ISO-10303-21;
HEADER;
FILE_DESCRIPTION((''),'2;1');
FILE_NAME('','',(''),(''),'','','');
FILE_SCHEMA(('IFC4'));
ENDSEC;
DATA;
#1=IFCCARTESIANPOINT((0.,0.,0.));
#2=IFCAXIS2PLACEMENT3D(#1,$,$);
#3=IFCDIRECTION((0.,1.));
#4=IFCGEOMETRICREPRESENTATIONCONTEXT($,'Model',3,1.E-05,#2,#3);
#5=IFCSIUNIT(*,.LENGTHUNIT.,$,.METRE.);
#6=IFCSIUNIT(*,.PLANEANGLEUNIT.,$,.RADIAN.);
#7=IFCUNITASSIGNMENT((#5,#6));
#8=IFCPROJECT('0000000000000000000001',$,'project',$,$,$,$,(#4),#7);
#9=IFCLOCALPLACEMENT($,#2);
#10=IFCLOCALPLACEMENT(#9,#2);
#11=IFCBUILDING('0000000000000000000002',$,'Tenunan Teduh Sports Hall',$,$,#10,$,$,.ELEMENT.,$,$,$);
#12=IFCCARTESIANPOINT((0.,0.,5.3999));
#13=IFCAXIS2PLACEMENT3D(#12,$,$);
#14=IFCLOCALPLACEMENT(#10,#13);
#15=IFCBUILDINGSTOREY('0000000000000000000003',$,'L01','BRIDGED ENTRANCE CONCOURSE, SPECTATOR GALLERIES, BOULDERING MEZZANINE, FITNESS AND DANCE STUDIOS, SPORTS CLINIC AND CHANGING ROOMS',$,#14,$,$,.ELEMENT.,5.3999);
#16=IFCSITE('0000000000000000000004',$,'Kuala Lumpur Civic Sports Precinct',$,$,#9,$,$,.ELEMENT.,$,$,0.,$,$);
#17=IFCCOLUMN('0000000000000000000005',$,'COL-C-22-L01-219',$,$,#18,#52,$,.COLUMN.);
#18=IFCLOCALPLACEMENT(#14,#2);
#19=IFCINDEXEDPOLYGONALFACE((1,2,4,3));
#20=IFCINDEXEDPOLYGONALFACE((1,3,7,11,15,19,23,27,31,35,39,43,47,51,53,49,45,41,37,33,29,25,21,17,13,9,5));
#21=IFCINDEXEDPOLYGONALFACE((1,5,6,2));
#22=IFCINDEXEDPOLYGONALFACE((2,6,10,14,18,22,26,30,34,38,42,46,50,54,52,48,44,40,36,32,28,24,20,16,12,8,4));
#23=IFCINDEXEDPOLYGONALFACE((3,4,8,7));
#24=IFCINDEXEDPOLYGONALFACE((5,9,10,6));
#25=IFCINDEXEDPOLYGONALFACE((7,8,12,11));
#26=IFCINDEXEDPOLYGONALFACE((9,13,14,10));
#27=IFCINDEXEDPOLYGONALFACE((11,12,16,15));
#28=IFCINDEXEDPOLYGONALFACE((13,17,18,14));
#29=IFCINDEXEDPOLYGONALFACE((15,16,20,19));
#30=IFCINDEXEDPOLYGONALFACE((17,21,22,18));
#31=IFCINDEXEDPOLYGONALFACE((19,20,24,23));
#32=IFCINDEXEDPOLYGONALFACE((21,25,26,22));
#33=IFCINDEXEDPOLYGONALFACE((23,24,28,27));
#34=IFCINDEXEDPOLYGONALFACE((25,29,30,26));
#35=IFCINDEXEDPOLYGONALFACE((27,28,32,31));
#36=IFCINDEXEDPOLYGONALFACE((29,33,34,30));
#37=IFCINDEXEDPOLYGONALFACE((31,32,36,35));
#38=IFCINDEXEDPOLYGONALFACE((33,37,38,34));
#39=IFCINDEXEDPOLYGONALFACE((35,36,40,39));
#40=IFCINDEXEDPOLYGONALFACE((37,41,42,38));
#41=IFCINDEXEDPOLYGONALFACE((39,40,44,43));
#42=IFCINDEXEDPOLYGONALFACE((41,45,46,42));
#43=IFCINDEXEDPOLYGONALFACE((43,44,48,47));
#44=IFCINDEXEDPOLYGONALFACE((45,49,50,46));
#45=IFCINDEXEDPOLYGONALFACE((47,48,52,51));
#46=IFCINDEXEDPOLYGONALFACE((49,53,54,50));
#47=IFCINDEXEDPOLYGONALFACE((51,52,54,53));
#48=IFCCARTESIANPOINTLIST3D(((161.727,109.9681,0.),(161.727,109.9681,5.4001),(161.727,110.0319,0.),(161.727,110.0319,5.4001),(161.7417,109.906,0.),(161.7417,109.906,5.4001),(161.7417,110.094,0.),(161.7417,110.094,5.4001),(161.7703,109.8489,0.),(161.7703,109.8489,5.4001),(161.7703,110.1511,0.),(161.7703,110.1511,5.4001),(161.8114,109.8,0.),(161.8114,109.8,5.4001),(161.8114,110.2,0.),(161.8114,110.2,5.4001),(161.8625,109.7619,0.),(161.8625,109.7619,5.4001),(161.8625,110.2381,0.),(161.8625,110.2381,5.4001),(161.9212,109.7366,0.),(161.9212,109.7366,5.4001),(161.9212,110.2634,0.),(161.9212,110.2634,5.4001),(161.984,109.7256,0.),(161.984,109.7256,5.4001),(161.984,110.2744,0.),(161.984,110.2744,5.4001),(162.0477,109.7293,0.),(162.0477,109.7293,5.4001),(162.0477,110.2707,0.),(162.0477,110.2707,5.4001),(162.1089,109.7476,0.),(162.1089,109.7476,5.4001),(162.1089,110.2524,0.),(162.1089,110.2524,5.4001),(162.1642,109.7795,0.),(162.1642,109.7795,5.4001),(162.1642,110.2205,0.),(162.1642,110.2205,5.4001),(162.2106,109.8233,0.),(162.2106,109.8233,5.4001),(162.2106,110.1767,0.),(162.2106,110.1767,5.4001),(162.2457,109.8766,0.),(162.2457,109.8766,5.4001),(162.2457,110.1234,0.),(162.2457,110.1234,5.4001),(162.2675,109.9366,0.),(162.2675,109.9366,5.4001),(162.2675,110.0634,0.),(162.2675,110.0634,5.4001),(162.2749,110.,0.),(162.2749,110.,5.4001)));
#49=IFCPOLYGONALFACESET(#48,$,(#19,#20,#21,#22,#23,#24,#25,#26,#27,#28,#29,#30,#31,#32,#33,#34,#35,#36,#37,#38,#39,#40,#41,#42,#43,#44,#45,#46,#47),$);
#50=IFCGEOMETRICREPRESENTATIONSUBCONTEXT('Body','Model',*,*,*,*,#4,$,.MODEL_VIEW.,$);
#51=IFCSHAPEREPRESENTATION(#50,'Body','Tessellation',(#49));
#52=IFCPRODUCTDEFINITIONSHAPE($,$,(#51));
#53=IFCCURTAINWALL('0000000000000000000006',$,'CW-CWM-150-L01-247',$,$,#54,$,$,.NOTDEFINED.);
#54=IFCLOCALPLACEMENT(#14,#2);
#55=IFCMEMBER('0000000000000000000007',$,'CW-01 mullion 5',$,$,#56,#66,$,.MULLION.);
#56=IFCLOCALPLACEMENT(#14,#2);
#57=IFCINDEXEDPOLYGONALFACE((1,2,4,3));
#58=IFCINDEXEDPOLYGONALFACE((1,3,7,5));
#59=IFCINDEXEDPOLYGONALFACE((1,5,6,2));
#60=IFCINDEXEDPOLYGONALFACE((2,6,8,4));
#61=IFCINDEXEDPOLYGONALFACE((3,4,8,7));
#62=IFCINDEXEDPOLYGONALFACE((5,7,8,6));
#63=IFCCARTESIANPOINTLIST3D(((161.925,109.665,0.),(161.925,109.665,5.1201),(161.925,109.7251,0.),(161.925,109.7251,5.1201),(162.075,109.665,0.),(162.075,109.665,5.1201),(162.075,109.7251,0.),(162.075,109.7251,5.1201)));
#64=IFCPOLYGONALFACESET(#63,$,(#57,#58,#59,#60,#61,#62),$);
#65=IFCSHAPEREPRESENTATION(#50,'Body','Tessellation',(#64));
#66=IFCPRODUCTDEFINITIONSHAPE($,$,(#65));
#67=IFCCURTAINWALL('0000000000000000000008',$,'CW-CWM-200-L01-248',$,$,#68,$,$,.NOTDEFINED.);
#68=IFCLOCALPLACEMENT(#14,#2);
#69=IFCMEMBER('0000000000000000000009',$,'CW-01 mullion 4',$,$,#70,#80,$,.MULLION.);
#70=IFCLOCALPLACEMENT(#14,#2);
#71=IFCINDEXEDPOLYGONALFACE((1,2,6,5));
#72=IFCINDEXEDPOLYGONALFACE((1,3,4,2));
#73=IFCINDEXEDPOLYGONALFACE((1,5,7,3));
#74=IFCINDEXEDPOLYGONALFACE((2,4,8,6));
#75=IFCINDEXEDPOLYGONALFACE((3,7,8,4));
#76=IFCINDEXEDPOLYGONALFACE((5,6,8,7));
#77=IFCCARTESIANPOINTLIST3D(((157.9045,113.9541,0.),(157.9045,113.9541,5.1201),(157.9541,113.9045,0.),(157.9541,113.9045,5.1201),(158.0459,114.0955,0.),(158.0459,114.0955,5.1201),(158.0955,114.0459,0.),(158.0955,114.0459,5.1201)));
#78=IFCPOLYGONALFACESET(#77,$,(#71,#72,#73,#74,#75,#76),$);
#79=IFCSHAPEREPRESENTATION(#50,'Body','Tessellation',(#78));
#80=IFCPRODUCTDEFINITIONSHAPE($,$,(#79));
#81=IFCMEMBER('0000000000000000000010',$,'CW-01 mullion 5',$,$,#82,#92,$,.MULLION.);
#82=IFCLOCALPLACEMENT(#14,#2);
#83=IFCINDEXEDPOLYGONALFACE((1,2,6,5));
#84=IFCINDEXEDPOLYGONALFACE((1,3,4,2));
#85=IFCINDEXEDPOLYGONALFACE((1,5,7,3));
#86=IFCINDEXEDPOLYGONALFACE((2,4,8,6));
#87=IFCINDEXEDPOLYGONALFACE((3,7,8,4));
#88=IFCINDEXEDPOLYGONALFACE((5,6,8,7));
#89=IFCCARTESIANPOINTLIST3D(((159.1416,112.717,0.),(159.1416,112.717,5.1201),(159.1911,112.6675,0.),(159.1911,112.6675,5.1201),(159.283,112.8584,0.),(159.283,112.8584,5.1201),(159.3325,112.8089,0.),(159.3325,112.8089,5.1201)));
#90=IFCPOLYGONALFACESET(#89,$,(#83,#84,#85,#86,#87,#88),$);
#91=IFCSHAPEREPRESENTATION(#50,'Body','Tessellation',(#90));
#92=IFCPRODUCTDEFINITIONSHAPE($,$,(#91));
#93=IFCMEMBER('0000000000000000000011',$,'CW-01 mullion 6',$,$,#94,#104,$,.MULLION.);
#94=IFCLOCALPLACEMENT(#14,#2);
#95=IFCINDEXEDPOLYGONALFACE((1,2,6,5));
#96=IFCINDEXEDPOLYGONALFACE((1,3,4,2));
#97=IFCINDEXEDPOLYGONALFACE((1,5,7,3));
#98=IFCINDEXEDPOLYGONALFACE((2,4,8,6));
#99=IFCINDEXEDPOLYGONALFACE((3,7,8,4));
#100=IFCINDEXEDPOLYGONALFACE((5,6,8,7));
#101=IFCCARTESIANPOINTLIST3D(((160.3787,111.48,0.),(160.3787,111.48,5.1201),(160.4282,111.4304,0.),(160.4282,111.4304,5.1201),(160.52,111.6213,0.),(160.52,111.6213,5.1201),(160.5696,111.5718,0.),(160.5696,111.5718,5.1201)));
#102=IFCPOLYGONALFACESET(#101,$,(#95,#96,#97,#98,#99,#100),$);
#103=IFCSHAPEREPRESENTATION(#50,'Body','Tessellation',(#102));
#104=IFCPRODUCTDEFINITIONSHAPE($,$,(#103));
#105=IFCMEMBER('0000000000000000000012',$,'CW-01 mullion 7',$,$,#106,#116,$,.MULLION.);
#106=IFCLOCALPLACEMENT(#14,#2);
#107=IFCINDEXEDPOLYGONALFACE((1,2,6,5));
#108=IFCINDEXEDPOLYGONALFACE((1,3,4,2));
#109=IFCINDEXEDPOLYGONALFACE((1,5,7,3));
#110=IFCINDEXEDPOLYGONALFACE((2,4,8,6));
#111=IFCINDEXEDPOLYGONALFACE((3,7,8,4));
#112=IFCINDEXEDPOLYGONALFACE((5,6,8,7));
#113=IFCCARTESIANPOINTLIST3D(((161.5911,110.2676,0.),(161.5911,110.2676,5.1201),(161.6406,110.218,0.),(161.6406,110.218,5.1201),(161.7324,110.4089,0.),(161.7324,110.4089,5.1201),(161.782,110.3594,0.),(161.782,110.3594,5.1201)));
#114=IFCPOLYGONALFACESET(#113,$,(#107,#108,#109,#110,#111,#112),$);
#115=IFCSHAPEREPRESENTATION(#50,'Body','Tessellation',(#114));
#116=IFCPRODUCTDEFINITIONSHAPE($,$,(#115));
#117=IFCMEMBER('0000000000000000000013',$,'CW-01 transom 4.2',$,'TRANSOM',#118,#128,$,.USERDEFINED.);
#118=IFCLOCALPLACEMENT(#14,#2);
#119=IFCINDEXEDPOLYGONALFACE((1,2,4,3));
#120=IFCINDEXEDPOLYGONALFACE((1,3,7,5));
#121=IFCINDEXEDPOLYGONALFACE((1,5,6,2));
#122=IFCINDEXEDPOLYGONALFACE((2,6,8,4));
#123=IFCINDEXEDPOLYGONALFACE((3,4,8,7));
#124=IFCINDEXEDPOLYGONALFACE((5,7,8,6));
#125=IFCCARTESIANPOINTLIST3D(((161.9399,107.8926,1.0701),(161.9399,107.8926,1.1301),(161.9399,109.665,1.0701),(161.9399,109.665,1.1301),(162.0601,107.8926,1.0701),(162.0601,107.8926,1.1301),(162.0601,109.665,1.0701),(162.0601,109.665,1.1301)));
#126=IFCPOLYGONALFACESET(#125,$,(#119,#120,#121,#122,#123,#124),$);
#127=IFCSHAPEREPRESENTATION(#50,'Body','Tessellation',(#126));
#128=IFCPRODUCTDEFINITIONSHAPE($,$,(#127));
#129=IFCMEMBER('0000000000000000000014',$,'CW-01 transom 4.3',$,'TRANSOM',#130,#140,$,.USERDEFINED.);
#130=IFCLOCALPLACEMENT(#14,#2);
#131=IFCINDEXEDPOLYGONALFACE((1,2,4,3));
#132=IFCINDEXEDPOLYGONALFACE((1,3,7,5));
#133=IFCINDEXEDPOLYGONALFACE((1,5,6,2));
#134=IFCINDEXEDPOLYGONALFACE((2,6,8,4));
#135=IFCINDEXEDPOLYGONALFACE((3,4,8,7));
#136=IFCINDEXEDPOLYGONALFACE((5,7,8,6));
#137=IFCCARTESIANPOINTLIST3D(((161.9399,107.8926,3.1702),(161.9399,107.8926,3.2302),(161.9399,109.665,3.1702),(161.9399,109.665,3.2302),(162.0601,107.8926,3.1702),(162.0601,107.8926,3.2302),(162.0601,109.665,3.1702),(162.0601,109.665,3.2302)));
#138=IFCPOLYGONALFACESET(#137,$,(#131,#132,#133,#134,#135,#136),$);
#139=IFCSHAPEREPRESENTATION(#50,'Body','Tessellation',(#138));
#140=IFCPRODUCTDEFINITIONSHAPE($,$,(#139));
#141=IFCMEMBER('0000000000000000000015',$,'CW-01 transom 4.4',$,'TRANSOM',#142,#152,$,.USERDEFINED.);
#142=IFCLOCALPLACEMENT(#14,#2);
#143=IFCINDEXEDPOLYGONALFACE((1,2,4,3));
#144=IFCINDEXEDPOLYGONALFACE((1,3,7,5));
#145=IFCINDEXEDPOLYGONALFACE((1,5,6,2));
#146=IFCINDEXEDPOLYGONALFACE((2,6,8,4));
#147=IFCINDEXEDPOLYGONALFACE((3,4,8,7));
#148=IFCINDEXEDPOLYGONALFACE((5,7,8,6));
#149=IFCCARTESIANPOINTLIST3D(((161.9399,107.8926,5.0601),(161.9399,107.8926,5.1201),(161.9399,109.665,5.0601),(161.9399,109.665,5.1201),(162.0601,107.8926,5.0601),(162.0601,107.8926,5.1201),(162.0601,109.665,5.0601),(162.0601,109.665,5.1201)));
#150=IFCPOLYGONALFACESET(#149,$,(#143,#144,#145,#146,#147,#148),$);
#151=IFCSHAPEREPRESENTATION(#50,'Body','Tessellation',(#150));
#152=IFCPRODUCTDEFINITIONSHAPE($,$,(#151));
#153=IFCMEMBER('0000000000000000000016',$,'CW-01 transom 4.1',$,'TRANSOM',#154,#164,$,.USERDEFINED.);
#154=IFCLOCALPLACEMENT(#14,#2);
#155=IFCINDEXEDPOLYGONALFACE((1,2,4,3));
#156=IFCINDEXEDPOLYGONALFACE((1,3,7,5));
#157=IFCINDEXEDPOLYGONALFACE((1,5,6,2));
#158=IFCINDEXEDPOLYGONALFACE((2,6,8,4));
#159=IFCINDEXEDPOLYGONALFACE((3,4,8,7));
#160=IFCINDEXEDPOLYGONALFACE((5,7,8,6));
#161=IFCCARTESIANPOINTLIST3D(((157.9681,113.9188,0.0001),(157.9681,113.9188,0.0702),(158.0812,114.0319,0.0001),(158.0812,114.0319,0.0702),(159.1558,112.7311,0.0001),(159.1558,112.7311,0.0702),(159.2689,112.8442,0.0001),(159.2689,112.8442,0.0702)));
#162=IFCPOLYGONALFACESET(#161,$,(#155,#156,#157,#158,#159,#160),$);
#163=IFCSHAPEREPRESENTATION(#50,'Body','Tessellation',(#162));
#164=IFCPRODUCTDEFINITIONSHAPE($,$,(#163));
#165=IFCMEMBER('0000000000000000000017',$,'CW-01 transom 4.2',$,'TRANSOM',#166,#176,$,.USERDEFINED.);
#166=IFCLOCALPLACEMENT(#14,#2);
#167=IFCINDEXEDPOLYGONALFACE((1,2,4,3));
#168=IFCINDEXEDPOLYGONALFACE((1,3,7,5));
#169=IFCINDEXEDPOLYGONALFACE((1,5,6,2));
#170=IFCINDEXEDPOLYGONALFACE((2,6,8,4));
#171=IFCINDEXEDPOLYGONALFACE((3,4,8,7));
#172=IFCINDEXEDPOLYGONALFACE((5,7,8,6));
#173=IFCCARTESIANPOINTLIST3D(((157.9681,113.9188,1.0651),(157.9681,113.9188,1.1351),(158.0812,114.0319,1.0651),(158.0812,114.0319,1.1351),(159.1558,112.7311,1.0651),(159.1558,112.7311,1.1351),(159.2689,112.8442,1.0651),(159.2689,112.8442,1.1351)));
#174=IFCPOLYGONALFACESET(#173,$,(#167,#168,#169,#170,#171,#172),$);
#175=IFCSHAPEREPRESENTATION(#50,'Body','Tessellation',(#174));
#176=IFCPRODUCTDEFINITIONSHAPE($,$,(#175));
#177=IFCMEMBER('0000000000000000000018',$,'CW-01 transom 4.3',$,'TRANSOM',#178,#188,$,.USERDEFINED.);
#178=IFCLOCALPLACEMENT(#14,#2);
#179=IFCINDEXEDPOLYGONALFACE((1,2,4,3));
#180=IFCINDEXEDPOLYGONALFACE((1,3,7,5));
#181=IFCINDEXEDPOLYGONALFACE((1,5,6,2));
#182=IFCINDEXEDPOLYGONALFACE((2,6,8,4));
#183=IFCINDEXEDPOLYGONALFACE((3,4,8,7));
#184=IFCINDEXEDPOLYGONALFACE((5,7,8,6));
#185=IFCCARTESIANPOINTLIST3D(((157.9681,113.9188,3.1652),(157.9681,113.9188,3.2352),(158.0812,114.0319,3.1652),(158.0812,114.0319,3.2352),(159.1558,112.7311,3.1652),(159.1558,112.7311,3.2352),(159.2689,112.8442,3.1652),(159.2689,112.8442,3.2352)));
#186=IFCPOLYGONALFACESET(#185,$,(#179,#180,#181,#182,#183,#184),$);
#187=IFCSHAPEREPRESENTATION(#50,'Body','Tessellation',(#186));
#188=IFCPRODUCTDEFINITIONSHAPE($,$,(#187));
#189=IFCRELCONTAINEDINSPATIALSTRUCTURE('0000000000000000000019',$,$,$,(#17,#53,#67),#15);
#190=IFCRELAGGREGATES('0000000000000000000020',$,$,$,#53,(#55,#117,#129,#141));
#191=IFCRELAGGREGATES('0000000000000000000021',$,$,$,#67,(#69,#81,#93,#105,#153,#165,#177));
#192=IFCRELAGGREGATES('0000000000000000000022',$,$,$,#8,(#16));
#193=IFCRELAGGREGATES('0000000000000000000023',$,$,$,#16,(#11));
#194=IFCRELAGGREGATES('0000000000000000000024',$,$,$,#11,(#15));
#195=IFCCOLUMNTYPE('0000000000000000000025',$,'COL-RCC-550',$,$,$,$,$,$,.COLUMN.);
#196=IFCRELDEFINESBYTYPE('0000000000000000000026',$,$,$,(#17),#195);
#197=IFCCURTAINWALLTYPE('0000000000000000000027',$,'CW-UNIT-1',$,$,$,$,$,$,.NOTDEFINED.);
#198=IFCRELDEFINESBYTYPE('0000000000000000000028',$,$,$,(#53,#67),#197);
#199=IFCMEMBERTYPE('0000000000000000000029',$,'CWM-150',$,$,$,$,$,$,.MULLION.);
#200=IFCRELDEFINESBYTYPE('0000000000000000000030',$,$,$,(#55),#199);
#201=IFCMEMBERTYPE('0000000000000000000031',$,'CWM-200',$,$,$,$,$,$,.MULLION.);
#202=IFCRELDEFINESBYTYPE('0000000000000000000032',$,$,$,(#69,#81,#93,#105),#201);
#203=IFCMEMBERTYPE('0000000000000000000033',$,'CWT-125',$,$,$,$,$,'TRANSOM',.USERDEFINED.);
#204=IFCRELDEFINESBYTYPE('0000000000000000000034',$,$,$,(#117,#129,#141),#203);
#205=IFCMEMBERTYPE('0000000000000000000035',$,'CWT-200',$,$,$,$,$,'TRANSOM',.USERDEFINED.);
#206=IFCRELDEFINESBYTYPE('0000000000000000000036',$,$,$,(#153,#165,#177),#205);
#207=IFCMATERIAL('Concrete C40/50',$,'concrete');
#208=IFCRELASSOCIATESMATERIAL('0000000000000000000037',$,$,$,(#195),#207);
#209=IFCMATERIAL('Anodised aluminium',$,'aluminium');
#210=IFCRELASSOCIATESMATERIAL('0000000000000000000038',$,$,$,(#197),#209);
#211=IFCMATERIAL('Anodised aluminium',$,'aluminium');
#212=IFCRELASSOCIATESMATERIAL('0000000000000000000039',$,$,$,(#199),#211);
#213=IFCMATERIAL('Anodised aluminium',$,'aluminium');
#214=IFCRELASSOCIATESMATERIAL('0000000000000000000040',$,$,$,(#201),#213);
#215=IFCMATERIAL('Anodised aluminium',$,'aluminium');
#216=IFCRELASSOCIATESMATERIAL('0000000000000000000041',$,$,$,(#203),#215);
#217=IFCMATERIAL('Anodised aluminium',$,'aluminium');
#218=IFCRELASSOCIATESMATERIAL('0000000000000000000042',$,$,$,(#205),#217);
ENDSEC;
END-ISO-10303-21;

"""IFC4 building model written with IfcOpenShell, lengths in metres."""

from ifc_helpers import new_model, si_unit, direction, frame, origin, origin_2d, place, context, subcontext, project, spatial, rectangle, circle, extrude, material, material_profile, profile_set, type_object, element, aggregate, save


model = new_model("IFC4")

# Units and contexts
model_context = context("Model", 3, precision=1e-05, world=origin(), true_north=direction((0.0, 1.0)))
body_context = subcontext(model_context, "Body", "Model", "MODEL_VIEW")
ifc_project = project(units=[si_unit("LENGTHUNIT", "METRE"), si_unit("PLANEANGLEUNIT", "RADIAN")], contexts=[model_context])

# Site, building, storey
site_placement = place(None, origin())
site = spatial("IfcSite", under=ifc_project, at=site_placement, Name="Kuala Lumpur Civic Sports Precinct", CompositionType="ELEMENT", RefElevation=0.0)
building_placement = place(site_placement, origin())
building = spatial("IfcBuilding", under=site, at=building_placement, Name="Tenunan Teduh Sports Hall", CompositionType="ELEMENT")
storey_placement = place(building_placement, frame((0.0, 0.0, 5.3999)))
storey = spatial("IfcBuildingStorey", under=building, at=storey_placement, Name="L01", Description="BRIDGED ENTRANCE CONCOURSE, SPECTATOR GALLERIES, BOULDERING MEZZANINE, FITNESS AND DANCE STUDIOS, SPORTS CLINIC AND CHANGING ROOMS", CompositionType="ELEMENT", Elevation=5.3999)

# Column
ifc_material_1 = material(Name="Concrete C40/50", Category="concrete")
ifc_material_profile_1 = material_profile(ifc_material_1, circle(Radius=0.2749, at=origin_2d()), Name="RCC D550")
ifc_profile_set_1 = profile_set([ifc_material_profile_1], Name="Concrete C40/50")
column_type = type_object("IfcColumnType", Name="COL-RCC-550", PredefinedType="COLUMN", material=ifc_profile_set_1)
column_placement = place(storey_placement, frame((162.0, 110.0, 0.0), z_axis=(0.0, 0.0, 1.0), x_axis=(1.0, 0.0, 0.0)))
element("IfcColumn", 1, at=column_placement, inside=storey, type_object=column_type, Name="COL-C-22-L01-219", PredefinedType="COLUMN", context=body_context, shape_type="SweptSolid", body=[
    extrude(circle(Radius=0.2749, at=origin_2d()), origin(), (0.0, 0.0, 1.0), 5.4001),
])

# Curtain wall, member
ifc_material_2 = material(Name="Anodised aluminium", Category="aluminium")
curtain_wall_type = type_object("IfcCurtainWallType", Name="CW-UNIT-1", PredefinedType="NOTDEFINED", material=ifc_material_2)
curtain_wall_1_placement = place(storey_placement, origin())
curtain_wall_1 = element("IfcCurtainWall", 2, at=curtain_wall_1_placement, inside=storey, type_object=curtain_wall_type, Name="CW-CWM-150-L01-247", PredefinedType="NOTDEFINED")
ifc_material_3 = material(Name="Anodised aluminium", Category="aluminium")
ifc_material_profile_2 = material_profile(ifc_material_3, rectangle(XDim=0.0601, YDim=0.1499, at=origin_2d()), Name="CWM 60x150")
ifc_profile_set_2 = profile_set([ifc_material_profile_2], Name="Anodised aluminium")
member_type_1 = type_object("IfcMemberType", Name="CWM-150", PredefinedType="MULLION", material=ifc_profile_set_2)
member_1_placement = place(storey_placement, frame((162.0, 109.6951, 0.0), z_axis=(0.0, 0.0, 1.0), x_axis=(0.0, 1.0, 0.0)))
member_1 = element("IfcMember", 3, at=member_1_placement, type_object=member_type_1, Name="CW-01 mullion 5", PredefinedType="MULLION", context=body_context, shape_type="SweptSolid", body=[
    extrude(rectangle(XDim=0.0601, YDim=0.1499, at=origin_2d()), origin(), (0.0, 0.0, 1.0), 5.1201),
])

# Curtain wall, members
curtain_wall_2_placement = place(storey_placement, origin())
curtain_wall_2 = element("IfcCurtainWall", 4, at=curtain_wall_2_placement, inside=storey, type_object=curtain_wall_type, Name="CW-CWM-200-L01-248", PredefinedType="NOTDEFINED")
ifc_material_4 = material(Name="Anodised aluminium", Category="aluminium")
ifc_material_profile_3 = material_profile(ifc_material_4, rectangle(XDim=0.0701, YDim=0.2, at=origin_2d()), Name="CWM 70x200")
ifc_profile_set_3 = profile_set([ifc_material_profile_3], Name="Anodised aluminium")
member_type_2 = type_object("IfcMemberType", Name="CWM-200", PredefinedType="MULLION", material=ifc_profile_set_3)
member_2_placement = place(storey_placement, frame((158.0, 114.0, 0.0), z_axis=(0.0, 0.0, 1.0), x_axis=(-0.707107, 0.707107, 0.0)))
member_2 = element("IfcMember", 5, at=member_2_placement, type_object=member_type_2, Name="CW-01 mullion 4", PredefinedType="MULLION", context=body_context, shape_type="SweptSolid", body=[
    extrude(rectangle(XDim=0.0701, YDim=0.2, at=origin_2d()), origin(), (0.0, 0.0, 1.0), 5.1201),
])
member_3_placement = place(storey_placement, frame((159.2371, 112.7629, 0.0), z_axis=(0.0, 0.0, 1.0), x_axis=(-0.707107, 0.707107, 0.0)))
member_3 = element("IfcMember", 6, at=member_3_placement, type_object=member_type_2, Name="CW-01 mullion 5", PredefinedType="MULLION", context=body_context, shape_type="SweptSolid", body=[
    extrude(rectangle(XDim=0.0701, YDim=0.2, at=origin_2d()), origin(), (0.0, 0.0, 1.0), 5.1201),
])
member_4_placement = place(storey_placement, frame((160.4741, 111.5259, 0.0), z_axis=(0.0, 0.0, 1.0), x_axis=(-0.707107, 0.707107, 0.0)))
member_4 = element("IfcMember", 7, at=member_4_placement, type_object=member_type_2, Name="CW-01 mullion 6", PredefinedType="MULLION", context=body_context, shape_type="SweptSolid", body=[
    extrude(rectangle(XDim=0.0701, YDim=0.2, at=origin_2d()), origin(), (0.0, 0.0, 1.0), 5.1201),
])
member_5_placement = place(storey_placement, frame((161.6865, 110.3135, 0.0), z_axis=(0.0, 0.0, 1.0), x_axis=(-0.707107, 0.707107, 0.0)))
member_5 = element("IfcMember", 8, at=member_5_placement, type_object=member_type_2, Name="CW-01 mullion 7", PredefinedType="MULLION", context=body_context, shape_type="SweptSolid", body=[
    extrude(rectangle(XDim=0.0701, YDim=0.2, at=origin_2d()), origin(), (0.0, 0.0, 1.0), 5.1201),
])

# Members
ifc_material_5 = material(Name="Anodised aluminium", Category="aluminium")
ifc_material_profile_4 = material_profile(ifc_material_5, rectangle(XDim=0.0601, YDim=0.1201, at=origin_2d()), Name="CWT 60x120")
ifc_profile_set_4 = profile_set([ifc_material_profile_4], Name="Anodised aluminium")
member_type_3 = type_object("IfcMemberType", Name="CWT-125", ElementType="TRANSOM", PredefinedType="USERDEFINED", material=ifc_profile_set_4)
member_6_placement = place(storey_placement, frame((162.0, 107.8926, 1.1001), z_axis=(0.0, 1.0, 0.0), x_axis=(0.0, 0.0, 1.0)))
member_6 = element("IfcMember", 9, at=member_6_placement, type_object=member_type_3, Name="CW-01 transom 4.2", ObjectType="TRANSOM", PredefinedType="USERDEFINED", context=body_context, shape_type="SweptSolid", body=[
    extrude(rectangle(XDim=0.0601, YDim=0.1201, at=origin_2d()), origin(), (0.0, 0.0, 1.0), 1.7725),
])
member_7_placement = place(storey_placement, frame((162.0, 107.8926, 3.2002), z_axis=(0.0, 1.0, 0.0), x_axis=(0.0, 0.0, 1.0)))
member_7 = element("IfcMember", 10, at=member_7_placement, type_object=member_type_3, Name="CW-01 transom 4.3", ObjectType="TRANSOM", PredefinedType="USERDEFINED", context=body_context, shape_type="SweptSolid", body=[
    extrude(rectangle(XDim=0.0601, YDim=0.1201, at=origin_2d()), origin(), (0.0, 0.0, 1.0), 1.7725),
])
member_8_placement = place(storey_placement, frame((162.0, 107.8926, 5.0901), z_axis=(0.0, 1.0, 0.0), x_axis=(0.0, 0.0, 1.0)))
member_8 = element("IfcMember", 11, at=member_8_placement, type_object=member_type_3, Name="CW-01 transom 4.4", ObjectType="TRANSOM", PredefinedType="USERDEFINED", context=body_context, shape_type="SweptSolid", body=[
    extrude(rectangle(XDim=0.0601, YDim=0.1201, at=origin_2d()), origin(), (0.0, 0.0, 1.0), 1.7725),
])
ifc_material_6 = material(Name="Anodised aluminium", Category="aluminium")
ifc_material_profile_5 = material_profile(ifc_material_6, rectangle(XDim=0.0701, YDim=0.1599, at=origin_2d()), Name="CWT 70x160")
ifc_profile_set_5 = profile_set([ifc_material_profile_5], Name="Anodised aluminium")
member_type_4 = type_object("IfcMemberType", Name="CWT-200", ElementType="TRANSOM", PredefinedType="USERDEFINED", material=ifc_profile_set_5)
member_9_placement = place(storey_placement, frame((158.0247, 113.9753, 0.0352), z_axis=(0.707107, -0.707107, 0.0), x_axis=(0.0, 0.0, 1.0)))
member_9 = element("IfcMember", 12, at=member_9_placement, type_object=member_type_4, Name="CW-01 transom 4.1", ObjectType="TRANSOM", PredefinedType="USERDEFINED", context=body_context, shape_type="SweptSolid", body=[
    extrude(rectangle(XDim=0.0701, YDim=0.1599, at=origin_2d()), origin(), (0.0, 0.0, 1.0), 1.6797),
])
member_10_placement = place(storey_placement, frame((158.0247, 113.9753, 1.1001), z_axis=(0.707107, -0.707107, 0.0), x_axis=(0.0, 0.0, 1.0)))
member_10 = element("IfcMember", 13, at=member_10_placement, type_object=member_type_4, Name="CW-01 transom 4.2", ObjectType="TRANSOM", PredefinedType="USERDEFINED", context=body_context, shape_type="SweptSolid", body=[
    extrude(rectangle(XDim=0.0701, YDim=0.1599, at=origin_2d()), origin(), (0.0, 0.0, 1.0), 1.6797),
])
member_11_placement = place(storey_placement, frame((158.0247, 113.9753, 3.2002), z_axis=(0.707107, -0.707107, 0.0), x_axis=(0.0, 0.0, 1.0)))
member_11 = element("IfcMember", 14, at=member_11_placement, type_object=member_type_4, Name="CW-01 transom 4.3", ObjectType="TRANSOM", PredefinedType="USERDEFINED", context=body_context, shape_type="SweptSolid", body=[
    extrude(rectangle(XDim=0.0701, YDim=0.1599, at=origin_2d()), origin(), (0.0, 0.0, 1.0), 1.6797),
])

aggregate(curtain_wall_1, [member_1, member_6, member_7, member_8])
aggregate(curtain_wall_2, [member_2, member_3, member_4, member_5, member_9, member_10, member_11])

save(model, "model.ifc")
